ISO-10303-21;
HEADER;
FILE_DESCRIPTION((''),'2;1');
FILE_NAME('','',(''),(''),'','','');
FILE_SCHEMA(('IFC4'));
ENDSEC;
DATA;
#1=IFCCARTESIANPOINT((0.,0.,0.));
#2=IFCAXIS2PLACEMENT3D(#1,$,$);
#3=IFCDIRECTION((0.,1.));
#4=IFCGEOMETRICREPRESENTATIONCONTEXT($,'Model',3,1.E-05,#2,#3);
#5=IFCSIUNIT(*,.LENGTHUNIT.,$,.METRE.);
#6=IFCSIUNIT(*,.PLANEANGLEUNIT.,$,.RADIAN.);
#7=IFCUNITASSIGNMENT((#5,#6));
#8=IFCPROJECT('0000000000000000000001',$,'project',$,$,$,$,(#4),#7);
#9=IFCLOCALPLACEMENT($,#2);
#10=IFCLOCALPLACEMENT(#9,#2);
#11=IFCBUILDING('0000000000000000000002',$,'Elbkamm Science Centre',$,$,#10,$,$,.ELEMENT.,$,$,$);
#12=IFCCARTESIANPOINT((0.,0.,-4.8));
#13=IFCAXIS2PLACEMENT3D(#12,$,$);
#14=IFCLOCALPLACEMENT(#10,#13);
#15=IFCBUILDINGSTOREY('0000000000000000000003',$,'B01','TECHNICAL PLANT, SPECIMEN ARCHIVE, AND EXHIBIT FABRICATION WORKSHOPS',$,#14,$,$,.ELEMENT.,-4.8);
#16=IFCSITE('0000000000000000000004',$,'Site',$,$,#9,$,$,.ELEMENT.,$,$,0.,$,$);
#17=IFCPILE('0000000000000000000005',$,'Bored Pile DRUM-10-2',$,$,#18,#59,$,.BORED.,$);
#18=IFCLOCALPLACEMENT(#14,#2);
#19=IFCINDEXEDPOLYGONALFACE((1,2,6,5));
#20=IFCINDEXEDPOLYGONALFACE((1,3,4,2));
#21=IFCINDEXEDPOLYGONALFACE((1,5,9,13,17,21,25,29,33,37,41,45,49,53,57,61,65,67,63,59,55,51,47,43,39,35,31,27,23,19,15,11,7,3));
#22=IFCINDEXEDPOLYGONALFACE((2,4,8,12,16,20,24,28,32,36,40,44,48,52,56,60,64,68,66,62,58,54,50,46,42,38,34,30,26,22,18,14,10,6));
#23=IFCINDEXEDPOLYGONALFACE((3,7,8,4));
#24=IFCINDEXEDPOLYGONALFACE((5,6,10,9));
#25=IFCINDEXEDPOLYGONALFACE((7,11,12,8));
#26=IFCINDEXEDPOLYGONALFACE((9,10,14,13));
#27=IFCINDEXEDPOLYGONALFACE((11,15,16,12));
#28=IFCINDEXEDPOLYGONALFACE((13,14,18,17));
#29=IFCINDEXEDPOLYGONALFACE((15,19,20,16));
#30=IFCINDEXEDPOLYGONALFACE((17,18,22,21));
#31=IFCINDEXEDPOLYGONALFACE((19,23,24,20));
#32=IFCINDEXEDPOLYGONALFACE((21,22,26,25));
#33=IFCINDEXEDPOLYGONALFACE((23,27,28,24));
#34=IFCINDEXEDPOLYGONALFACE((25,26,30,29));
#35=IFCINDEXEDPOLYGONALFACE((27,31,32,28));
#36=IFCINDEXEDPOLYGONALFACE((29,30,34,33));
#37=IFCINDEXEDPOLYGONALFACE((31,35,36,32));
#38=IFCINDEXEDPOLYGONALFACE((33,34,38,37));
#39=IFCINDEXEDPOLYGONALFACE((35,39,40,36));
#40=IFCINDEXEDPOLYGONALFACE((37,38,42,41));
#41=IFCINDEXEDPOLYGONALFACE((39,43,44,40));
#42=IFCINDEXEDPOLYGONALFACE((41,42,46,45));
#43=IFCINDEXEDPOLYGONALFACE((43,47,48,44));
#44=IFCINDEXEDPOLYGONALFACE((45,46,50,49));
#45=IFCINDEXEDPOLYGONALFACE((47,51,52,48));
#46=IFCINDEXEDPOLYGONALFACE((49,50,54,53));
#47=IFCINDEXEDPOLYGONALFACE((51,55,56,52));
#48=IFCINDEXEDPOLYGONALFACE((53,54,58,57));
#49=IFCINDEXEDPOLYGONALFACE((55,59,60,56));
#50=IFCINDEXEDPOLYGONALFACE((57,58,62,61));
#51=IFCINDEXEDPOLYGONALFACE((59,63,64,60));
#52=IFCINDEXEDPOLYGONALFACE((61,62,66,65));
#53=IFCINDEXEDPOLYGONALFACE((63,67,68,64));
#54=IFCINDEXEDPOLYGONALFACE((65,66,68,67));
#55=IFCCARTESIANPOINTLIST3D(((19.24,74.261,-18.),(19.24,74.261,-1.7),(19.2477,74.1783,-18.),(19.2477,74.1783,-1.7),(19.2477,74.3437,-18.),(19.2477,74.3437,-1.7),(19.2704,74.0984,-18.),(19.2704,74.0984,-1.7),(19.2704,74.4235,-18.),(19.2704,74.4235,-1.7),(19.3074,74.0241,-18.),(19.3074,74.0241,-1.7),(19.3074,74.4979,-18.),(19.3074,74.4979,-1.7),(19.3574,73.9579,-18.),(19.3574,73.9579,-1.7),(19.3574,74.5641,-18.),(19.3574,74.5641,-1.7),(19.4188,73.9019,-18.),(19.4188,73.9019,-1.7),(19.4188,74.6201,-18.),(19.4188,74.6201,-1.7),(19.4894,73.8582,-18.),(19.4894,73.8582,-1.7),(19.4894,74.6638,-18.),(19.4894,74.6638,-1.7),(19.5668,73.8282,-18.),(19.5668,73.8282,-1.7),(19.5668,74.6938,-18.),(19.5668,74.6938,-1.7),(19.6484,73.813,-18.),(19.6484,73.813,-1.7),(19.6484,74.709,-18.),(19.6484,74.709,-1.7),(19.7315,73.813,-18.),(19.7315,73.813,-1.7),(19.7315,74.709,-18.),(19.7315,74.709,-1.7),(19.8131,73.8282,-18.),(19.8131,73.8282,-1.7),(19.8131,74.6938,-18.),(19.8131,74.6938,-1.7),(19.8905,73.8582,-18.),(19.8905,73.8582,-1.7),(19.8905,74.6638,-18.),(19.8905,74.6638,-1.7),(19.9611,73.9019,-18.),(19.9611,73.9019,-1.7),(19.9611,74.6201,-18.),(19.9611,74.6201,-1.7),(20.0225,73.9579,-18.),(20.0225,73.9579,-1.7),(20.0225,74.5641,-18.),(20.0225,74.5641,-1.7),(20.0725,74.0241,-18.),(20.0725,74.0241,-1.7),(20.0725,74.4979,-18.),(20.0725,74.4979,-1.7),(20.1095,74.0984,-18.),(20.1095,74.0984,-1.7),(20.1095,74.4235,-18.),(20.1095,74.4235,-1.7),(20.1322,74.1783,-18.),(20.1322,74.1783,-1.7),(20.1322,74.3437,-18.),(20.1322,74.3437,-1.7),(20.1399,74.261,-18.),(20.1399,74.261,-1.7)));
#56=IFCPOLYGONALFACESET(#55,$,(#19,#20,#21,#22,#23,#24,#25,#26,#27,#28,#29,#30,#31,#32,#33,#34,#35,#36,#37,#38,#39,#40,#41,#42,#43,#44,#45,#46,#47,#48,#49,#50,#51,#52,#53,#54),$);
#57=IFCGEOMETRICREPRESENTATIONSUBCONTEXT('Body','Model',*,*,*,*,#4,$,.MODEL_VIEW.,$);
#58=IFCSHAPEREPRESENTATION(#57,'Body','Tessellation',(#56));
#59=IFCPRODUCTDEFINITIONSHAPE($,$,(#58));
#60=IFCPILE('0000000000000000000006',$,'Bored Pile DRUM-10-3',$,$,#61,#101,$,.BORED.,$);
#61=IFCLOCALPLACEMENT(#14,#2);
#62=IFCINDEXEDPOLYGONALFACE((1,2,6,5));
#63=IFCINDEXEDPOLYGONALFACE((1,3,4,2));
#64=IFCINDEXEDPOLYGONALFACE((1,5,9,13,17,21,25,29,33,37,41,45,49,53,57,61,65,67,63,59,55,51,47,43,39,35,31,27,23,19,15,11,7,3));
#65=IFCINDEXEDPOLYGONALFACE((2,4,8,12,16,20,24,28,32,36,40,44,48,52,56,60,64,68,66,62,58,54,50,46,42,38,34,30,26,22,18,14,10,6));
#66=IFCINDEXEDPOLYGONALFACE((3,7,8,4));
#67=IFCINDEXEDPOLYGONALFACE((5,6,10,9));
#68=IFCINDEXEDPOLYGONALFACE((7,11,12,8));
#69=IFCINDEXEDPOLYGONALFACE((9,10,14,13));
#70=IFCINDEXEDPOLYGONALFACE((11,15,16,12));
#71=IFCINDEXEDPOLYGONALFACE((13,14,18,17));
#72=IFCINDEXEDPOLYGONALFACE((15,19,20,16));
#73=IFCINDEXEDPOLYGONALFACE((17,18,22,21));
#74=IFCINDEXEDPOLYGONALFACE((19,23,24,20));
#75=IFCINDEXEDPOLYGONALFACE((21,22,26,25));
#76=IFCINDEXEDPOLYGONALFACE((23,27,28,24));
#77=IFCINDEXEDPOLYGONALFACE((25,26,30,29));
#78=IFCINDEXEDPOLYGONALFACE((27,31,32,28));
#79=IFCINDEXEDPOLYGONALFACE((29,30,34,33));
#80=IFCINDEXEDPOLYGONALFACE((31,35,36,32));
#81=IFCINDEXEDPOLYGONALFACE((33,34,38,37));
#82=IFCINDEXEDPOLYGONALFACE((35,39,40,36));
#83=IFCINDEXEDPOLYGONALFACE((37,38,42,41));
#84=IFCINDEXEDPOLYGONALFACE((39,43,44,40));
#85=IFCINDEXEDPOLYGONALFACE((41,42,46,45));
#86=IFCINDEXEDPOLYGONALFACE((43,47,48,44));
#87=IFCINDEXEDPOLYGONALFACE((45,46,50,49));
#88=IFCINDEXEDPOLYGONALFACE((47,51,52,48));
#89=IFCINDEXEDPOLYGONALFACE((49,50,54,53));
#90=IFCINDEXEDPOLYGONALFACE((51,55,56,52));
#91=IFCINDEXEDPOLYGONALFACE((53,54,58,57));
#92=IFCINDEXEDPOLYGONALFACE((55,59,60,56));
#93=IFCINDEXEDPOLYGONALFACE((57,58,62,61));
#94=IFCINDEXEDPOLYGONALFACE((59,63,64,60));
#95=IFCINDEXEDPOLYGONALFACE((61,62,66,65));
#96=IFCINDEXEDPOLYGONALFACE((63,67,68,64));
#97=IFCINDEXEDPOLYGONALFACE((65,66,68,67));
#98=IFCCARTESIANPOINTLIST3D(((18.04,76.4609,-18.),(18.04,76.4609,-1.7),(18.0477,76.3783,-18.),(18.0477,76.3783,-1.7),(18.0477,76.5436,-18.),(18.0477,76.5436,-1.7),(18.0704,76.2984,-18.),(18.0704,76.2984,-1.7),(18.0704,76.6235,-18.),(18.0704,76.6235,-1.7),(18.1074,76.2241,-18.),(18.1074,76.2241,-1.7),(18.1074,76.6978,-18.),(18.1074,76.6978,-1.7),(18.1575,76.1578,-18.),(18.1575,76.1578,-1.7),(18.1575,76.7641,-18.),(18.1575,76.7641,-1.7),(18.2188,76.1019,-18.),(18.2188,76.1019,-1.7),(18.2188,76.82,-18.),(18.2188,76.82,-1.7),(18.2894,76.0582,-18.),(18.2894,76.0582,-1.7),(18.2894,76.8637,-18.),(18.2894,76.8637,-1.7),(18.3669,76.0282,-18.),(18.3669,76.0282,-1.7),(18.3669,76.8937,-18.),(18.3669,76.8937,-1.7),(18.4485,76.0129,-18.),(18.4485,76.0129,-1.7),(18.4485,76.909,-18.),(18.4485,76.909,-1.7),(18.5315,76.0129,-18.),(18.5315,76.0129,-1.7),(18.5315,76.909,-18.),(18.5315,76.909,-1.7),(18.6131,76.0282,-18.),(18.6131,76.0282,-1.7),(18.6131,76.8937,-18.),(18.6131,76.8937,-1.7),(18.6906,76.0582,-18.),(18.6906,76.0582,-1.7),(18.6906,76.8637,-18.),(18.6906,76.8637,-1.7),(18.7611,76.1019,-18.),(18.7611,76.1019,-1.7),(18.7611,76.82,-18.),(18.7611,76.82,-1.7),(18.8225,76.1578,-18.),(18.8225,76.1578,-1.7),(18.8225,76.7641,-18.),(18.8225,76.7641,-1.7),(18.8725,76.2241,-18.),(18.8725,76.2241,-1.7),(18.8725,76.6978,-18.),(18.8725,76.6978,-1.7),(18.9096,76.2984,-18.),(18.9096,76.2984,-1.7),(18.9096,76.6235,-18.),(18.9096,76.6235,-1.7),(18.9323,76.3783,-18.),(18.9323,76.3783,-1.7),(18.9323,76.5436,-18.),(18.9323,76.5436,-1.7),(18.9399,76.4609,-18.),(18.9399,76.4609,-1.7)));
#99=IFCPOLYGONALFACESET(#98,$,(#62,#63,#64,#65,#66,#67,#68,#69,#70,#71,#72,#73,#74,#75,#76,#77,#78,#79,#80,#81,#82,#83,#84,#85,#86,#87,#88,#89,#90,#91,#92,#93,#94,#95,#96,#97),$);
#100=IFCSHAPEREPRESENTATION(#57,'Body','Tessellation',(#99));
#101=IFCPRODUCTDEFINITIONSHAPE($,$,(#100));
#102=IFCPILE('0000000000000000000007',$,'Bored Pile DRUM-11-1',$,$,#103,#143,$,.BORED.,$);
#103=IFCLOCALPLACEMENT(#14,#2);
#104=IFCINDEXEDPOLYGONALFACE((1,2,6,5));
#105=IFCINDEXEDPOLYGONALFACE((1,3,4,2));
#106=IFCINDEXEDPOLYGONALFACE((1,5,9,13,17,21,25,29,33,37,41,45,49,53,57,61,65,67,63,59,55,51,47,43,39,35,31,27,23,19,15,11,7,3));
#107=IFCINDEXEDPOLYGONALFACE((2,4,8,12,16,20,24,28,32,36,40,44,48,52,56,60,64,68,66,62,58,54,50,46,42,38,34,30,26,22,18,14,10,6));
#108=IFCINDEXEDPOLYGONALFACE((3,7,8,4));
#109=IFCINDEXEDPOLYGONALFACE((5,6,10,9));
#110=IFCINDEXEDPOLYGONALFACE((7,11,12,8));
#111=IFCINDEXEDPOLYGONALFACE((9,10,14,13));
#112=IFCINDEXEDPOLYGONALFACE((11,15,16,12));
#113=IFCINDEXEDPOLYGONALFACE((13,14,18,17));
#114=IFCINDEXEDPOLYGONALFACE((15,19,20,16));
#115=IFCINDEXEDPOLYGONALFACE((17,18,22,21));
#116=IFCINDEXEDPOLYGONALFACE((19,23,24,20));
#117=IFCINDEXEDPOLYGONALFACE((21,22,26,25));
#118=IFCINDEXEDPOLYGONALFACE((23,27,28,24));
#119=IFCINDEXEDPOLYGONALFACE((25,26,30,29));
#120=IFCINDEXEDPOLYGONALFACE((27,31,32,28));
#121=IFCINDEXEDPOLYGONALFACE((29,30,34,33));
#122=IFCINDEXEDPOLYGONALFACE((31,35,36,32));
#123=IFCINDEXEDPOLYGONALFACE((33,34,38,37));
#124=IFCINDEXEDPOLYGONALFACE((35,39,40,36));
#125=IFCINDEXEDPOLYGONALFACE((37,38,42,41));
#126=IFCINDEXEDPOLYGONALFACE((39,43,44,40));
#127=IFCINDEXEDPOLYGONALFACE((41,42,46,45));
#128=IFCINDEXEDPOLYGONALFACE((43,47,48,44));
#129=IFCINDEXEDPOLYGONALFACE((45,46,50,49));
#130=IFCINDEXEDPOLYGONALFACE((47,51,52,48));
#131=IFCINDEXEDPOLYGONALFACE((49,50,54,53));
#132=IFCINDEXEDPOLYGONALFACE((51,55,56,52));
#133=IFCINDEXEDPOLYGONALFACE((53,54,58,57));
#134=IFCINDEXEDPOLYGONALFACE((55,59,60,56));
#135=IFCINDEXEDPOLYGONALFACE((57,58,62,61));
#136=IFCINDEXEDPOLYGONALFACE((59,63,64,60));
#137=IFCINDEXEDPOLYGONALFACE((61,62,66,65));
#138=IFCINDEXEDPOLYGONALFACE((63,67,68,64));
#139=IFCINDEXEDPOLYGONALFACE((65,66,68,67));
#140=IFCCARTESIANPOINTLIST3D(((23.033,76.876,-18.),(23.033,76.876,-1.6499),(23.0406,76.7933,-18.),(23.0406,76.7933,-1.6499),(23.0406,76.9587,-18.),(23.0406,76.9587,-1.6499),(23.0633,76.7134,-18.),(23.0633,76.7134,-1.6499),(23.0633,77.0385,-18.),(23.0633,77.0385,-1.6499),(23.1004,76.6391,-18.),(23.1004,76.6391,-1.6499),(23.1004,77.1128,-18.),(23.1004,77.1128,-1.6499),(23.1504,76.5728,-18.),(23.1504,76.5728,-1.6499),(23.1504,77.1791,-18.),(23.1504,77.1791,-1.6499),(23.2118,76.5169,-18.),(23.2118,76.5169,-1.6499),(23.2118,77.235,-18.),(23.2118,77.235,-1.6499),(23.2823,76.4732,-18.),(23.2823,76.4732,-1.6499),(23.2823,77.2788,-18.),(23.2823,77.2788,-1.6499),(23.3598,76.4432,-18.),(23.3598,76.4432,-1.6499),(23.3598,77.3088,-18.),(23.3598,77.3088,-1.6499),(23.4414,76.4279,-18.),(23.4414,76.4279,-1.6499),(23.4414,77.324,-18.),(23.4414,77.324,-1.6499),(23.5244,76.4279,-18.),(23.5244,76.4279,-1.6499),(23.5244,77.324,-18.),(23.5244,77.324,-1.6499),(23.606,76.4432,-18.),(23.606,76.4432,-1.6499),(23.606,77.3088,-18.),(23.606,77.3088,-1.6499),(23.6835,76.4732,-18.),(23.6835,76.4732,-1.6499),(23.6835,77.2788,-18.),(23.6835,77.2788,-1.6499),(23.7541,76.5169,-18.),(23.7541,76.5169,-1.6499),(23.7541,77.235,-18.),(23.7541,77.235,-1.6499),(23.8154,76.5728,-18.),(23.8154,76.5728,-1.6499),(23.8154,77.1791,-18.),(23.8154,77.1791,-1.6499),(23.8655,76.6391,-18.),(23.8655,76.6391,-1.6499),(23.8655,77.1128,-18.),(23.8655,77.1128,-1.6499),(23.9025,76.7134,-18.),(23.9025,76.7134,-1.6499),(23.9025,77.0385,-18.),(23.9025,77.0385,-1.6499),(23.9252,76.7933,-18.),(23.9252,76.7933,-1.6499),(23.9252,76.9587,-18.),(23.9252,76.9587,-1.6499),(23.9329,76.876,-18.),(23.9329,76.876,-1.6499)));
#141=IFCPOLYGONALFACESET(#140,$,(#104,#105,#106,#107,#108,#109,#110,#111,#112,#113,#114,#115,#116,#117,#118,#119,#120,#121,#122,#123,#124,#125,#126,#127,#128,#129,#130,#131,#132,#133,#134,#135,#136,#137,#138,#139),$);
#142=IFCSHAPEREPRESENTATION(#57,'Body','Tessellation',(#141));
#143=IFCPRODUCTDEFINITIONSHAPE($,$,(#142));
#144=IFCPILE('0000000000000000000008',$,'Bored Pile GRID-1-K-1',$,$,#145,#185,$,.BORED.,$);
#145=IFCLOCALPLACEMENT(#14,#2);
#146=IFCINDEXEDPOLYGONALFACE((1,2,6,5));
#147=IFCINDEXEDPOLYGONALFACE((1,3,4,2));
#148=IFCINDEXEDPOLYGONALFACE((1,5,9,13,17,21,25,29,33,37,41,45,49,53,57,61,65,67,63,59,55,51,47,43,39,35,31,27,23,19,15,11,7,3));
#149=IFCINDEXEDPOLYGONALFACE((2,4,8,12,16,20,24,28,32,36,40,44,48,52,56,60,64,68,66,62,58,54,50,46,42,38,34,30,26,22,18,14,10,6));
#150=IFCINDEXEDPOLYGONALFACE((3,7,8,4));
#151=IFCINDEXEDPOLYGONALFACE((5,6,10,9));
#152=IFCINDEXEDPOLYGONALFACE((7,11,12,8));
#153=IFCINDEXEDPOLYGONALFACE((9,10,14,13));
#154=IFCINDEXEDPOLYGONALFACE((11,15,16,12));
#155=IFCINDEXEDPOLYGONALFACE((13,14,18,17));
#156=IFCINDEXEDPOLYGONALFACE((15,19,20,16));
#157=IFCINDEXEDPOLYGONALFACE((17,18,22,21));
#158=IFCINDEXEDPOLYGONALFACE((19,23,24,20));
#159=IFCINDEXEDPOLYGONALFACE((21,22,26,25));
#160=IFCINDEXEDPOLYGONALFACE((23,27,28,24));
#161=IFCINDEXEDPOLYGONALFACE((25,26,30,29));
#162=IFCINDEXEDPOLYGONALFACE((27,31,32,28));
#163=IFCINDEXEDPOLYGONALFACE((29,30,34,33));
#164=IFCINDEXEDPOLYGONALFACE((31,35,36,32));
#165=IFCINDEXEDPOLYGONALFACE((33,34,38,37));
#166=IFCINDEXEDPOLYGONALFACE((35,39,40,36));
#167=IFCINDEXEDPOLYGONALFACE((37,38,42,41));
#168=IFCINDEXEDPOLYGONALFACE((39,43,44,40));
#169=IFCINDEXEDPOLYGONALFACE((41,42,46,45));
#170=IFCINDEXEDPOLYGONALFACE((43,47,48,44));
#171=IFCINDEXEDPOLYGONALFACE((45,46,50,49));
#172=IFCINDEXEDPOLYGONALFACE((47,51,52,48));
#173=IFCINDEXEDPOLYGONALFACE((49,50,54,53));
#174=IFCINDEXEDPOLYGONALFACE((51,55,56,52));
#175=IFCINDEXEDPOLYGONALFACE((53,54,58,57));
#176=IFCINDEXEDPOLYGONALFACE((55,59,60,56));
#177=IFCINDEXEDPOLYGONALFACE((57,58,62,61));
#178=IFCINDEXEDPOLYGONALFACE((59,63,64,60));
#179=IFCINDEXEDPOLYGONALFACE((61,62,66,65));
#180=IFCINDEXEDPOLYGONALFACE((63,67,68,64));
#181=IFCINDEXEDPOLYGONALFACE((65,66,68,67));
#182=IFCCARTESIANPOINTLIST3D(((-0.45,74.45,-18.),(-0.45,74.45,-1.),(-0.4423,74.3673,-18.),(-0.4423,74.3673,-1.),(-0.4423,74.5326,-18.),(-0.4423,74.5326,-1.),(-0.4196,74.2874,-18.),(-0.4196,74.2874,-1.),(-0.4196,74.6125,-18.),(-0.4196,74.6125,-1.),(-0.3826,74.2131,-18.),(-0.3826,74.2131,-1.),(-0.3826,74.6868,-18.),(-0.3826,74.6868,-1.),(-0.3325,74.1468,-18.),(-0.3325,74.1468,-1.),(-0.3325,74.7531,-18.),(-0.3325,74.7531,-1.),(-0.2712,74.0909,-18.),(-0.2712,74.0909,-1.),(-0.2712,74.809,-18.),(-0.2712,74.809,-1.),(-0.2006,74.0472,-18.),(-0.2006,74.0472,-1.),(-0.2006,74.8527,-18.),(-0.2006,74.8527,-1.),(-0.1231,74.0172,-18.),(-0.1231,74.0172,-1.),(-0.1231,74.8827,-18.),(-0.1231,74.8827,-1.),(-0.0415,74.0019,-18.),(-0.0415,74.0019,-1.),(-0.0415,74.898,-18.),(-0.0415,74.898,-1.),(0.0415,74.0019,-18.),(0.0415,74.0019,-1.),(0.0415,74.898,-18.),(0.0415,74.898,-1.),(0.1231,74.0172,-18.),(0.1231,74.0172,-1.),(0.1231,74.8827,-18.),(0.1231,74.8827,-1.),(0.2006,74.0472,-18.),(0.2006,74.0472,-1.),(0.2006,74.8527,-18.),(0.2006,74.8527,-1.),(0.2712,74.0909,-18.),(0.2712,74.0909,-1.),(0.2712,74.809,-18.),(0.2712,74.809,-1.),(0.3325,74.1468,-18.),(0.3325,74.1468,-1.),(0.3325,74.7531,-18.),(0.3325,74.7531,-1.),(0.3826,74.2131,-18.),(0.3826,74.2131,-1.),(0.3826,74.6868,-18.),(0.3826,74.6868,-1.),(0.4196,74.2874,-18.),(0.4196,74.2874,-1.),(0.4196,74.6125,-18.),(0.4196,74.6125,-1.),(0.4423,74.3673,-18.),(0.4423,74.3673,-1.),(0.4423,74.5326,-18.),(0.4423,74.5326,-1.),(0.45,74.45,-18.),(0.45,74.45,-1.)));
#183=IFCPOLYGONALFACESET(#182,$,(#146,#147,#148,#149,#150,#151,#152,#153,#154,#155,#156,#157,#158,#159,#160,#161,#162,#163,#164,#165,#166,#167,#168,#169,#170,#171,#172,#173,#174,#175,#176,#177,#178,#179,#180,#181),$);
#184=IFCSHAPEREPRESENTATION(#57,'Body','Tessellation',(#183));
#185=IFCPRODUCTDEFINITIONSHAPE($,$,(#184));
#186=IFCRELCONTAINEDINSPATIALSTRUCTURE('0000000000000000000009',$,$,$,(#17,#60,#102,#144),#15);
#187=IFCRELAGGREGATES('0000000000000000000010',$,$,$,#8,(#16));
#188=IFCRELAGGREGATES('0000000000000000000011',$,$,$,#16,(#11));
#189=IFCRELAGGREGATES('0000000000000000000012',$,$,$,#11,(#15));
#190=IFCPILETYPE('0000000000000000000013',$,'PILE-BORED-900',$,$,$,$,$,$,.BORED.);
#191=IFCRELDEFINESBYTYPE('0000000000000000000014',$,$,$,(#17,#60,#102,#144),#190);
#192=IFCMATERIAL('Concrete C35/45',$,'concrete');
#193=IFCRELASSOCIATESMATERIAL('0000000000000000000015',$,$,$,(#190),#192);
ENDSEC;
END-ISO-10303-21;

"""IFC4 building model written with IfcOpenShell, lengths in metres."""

from ifc_helpers import new_model, si_unit, direction, frame, origin, origin_2d, place, context, subcontext, project, spatial, circle, extrude, material, material_profile, profile_set, type_object, element, save


model = new_model("IFC4")

# Units and contexts
model_context = context("Model", 3, precision=1e-05, world=origin(), true_north=direction((0.0, 1.0)))
body_context = subcontext(model_context, "Body", "Model", "MODEL_VIEW")
ifc_project = project(units=[si_unit("LENGTHUNIT", "METRE"), si_unit("PLANEANGLEUNIT", "RADIAN")], contexts=[model_context])

# Site, building, storey
site_placement = place(None, origin())
site = spatial("IfcSite", under=ifc_project, at=site_placement, Name="Site", CompositionType="ELEMENT", RefElevation=0.0)
building_placement = place(site_placement, origin())
building = spatial("IfcBuilding", under=site, at=building_placement, Name="Elbkamm Science Centre", CompositionType="ELEMENT")
storey_placement = place(building_placement, frame((0.0, 0.0, -4.8)))
storey = spatial("IfcBuildingStorey", under=building, at=storey_placement, Name="B01", Description="TECHNICAL PLANT, SPECIMEN ARCHIVE, AND EXHIBIT FABRICATION WORKSHOPS", CompositionType="ELEMENT", Elevation=-4.8)

# Shared definitions
ifc_material_1 = material(Name="Concrete C35/45", Category="concrete")

# Piles
ifc_material_profile_1 = material_profile(ifc_material_1, circle(Radius=0.45, at=origin_2d()), Name="PILE D900")
ifc_profile_set_1 = profile_set([ifc_material_profile_1], Name="Concrete C35/45")
pile_type = type_object("IfcPileType", Name="PILE-BORED-900", PredefinedType="BORED", material=ifc_profile_set_1)
for number, where, z_axis, x_axis, name in (
    (1, (19.6899, 74.261, -1.7), (0.0, 0.0, -1.0), (1.0, 0.0, 0.0), "Bored Pile DRUM-10-2"),
    (2, (18.49, 76.4609, -1.7), (0.0, 0.0, -1.0), (1.0, 0.0, 0.0), "Bored Pile DRUM-10-3"),
):
    element("IfcPile", number, at=place(storey_placement, frame(where, z_axis=z_axis, x_axis=x_axis)), inside=storey, type_object=pile_type, Name=name, PredefinedType="BORED", context=body_context, shape_type="SweptSolid", body=[
        extrude(circle(Radius=0.45, at=origin_2d()), origin(), (0.0, 0.0, 1.0), 16.3),
    ])
pile_placement = place(storey_placement, frame((23.4829, 76.876, -1.6499), z_axis=(0.0, 0.0, -1.0), x_axis=(1.0, 0.0, 0.0)))
element("IfcPile", 3, at=pile_placement, inside=storey, type_object=pile_type, Name="Bored Pile DRUM-11-1", PredefinedType="BORED", context=body_context, shape_type="SweptSolid", body=[
    extrude(circle(Radius=0.45, at=origin_2d()), origin(), (0.0, 0.0, 1.0), 16.3501),
])
for number, where, z_axis, x_axis, name in (
    (4, (0.0, 74.45, -1.0), (0.0, 0.0, -1.0), (1.0, 0.0, 0.0), "Bored Pile GRID-1-K-1"),
):
    element("IfcPile", number, at=place(storey_placement, frame(where, z_axis=z_axis, x_axis=x_axis)), inside=storey, type_object=pile_type, Name=name, PredefinedType="BORED", context=body_context, shape_type="SweptSolid", body=[
        extrude(circle(Radius=0.45, at=origin_2d()), origin(), (0.0, 0.0, 1.0), 17.0),
    ])

save(model, "model.ifc")
